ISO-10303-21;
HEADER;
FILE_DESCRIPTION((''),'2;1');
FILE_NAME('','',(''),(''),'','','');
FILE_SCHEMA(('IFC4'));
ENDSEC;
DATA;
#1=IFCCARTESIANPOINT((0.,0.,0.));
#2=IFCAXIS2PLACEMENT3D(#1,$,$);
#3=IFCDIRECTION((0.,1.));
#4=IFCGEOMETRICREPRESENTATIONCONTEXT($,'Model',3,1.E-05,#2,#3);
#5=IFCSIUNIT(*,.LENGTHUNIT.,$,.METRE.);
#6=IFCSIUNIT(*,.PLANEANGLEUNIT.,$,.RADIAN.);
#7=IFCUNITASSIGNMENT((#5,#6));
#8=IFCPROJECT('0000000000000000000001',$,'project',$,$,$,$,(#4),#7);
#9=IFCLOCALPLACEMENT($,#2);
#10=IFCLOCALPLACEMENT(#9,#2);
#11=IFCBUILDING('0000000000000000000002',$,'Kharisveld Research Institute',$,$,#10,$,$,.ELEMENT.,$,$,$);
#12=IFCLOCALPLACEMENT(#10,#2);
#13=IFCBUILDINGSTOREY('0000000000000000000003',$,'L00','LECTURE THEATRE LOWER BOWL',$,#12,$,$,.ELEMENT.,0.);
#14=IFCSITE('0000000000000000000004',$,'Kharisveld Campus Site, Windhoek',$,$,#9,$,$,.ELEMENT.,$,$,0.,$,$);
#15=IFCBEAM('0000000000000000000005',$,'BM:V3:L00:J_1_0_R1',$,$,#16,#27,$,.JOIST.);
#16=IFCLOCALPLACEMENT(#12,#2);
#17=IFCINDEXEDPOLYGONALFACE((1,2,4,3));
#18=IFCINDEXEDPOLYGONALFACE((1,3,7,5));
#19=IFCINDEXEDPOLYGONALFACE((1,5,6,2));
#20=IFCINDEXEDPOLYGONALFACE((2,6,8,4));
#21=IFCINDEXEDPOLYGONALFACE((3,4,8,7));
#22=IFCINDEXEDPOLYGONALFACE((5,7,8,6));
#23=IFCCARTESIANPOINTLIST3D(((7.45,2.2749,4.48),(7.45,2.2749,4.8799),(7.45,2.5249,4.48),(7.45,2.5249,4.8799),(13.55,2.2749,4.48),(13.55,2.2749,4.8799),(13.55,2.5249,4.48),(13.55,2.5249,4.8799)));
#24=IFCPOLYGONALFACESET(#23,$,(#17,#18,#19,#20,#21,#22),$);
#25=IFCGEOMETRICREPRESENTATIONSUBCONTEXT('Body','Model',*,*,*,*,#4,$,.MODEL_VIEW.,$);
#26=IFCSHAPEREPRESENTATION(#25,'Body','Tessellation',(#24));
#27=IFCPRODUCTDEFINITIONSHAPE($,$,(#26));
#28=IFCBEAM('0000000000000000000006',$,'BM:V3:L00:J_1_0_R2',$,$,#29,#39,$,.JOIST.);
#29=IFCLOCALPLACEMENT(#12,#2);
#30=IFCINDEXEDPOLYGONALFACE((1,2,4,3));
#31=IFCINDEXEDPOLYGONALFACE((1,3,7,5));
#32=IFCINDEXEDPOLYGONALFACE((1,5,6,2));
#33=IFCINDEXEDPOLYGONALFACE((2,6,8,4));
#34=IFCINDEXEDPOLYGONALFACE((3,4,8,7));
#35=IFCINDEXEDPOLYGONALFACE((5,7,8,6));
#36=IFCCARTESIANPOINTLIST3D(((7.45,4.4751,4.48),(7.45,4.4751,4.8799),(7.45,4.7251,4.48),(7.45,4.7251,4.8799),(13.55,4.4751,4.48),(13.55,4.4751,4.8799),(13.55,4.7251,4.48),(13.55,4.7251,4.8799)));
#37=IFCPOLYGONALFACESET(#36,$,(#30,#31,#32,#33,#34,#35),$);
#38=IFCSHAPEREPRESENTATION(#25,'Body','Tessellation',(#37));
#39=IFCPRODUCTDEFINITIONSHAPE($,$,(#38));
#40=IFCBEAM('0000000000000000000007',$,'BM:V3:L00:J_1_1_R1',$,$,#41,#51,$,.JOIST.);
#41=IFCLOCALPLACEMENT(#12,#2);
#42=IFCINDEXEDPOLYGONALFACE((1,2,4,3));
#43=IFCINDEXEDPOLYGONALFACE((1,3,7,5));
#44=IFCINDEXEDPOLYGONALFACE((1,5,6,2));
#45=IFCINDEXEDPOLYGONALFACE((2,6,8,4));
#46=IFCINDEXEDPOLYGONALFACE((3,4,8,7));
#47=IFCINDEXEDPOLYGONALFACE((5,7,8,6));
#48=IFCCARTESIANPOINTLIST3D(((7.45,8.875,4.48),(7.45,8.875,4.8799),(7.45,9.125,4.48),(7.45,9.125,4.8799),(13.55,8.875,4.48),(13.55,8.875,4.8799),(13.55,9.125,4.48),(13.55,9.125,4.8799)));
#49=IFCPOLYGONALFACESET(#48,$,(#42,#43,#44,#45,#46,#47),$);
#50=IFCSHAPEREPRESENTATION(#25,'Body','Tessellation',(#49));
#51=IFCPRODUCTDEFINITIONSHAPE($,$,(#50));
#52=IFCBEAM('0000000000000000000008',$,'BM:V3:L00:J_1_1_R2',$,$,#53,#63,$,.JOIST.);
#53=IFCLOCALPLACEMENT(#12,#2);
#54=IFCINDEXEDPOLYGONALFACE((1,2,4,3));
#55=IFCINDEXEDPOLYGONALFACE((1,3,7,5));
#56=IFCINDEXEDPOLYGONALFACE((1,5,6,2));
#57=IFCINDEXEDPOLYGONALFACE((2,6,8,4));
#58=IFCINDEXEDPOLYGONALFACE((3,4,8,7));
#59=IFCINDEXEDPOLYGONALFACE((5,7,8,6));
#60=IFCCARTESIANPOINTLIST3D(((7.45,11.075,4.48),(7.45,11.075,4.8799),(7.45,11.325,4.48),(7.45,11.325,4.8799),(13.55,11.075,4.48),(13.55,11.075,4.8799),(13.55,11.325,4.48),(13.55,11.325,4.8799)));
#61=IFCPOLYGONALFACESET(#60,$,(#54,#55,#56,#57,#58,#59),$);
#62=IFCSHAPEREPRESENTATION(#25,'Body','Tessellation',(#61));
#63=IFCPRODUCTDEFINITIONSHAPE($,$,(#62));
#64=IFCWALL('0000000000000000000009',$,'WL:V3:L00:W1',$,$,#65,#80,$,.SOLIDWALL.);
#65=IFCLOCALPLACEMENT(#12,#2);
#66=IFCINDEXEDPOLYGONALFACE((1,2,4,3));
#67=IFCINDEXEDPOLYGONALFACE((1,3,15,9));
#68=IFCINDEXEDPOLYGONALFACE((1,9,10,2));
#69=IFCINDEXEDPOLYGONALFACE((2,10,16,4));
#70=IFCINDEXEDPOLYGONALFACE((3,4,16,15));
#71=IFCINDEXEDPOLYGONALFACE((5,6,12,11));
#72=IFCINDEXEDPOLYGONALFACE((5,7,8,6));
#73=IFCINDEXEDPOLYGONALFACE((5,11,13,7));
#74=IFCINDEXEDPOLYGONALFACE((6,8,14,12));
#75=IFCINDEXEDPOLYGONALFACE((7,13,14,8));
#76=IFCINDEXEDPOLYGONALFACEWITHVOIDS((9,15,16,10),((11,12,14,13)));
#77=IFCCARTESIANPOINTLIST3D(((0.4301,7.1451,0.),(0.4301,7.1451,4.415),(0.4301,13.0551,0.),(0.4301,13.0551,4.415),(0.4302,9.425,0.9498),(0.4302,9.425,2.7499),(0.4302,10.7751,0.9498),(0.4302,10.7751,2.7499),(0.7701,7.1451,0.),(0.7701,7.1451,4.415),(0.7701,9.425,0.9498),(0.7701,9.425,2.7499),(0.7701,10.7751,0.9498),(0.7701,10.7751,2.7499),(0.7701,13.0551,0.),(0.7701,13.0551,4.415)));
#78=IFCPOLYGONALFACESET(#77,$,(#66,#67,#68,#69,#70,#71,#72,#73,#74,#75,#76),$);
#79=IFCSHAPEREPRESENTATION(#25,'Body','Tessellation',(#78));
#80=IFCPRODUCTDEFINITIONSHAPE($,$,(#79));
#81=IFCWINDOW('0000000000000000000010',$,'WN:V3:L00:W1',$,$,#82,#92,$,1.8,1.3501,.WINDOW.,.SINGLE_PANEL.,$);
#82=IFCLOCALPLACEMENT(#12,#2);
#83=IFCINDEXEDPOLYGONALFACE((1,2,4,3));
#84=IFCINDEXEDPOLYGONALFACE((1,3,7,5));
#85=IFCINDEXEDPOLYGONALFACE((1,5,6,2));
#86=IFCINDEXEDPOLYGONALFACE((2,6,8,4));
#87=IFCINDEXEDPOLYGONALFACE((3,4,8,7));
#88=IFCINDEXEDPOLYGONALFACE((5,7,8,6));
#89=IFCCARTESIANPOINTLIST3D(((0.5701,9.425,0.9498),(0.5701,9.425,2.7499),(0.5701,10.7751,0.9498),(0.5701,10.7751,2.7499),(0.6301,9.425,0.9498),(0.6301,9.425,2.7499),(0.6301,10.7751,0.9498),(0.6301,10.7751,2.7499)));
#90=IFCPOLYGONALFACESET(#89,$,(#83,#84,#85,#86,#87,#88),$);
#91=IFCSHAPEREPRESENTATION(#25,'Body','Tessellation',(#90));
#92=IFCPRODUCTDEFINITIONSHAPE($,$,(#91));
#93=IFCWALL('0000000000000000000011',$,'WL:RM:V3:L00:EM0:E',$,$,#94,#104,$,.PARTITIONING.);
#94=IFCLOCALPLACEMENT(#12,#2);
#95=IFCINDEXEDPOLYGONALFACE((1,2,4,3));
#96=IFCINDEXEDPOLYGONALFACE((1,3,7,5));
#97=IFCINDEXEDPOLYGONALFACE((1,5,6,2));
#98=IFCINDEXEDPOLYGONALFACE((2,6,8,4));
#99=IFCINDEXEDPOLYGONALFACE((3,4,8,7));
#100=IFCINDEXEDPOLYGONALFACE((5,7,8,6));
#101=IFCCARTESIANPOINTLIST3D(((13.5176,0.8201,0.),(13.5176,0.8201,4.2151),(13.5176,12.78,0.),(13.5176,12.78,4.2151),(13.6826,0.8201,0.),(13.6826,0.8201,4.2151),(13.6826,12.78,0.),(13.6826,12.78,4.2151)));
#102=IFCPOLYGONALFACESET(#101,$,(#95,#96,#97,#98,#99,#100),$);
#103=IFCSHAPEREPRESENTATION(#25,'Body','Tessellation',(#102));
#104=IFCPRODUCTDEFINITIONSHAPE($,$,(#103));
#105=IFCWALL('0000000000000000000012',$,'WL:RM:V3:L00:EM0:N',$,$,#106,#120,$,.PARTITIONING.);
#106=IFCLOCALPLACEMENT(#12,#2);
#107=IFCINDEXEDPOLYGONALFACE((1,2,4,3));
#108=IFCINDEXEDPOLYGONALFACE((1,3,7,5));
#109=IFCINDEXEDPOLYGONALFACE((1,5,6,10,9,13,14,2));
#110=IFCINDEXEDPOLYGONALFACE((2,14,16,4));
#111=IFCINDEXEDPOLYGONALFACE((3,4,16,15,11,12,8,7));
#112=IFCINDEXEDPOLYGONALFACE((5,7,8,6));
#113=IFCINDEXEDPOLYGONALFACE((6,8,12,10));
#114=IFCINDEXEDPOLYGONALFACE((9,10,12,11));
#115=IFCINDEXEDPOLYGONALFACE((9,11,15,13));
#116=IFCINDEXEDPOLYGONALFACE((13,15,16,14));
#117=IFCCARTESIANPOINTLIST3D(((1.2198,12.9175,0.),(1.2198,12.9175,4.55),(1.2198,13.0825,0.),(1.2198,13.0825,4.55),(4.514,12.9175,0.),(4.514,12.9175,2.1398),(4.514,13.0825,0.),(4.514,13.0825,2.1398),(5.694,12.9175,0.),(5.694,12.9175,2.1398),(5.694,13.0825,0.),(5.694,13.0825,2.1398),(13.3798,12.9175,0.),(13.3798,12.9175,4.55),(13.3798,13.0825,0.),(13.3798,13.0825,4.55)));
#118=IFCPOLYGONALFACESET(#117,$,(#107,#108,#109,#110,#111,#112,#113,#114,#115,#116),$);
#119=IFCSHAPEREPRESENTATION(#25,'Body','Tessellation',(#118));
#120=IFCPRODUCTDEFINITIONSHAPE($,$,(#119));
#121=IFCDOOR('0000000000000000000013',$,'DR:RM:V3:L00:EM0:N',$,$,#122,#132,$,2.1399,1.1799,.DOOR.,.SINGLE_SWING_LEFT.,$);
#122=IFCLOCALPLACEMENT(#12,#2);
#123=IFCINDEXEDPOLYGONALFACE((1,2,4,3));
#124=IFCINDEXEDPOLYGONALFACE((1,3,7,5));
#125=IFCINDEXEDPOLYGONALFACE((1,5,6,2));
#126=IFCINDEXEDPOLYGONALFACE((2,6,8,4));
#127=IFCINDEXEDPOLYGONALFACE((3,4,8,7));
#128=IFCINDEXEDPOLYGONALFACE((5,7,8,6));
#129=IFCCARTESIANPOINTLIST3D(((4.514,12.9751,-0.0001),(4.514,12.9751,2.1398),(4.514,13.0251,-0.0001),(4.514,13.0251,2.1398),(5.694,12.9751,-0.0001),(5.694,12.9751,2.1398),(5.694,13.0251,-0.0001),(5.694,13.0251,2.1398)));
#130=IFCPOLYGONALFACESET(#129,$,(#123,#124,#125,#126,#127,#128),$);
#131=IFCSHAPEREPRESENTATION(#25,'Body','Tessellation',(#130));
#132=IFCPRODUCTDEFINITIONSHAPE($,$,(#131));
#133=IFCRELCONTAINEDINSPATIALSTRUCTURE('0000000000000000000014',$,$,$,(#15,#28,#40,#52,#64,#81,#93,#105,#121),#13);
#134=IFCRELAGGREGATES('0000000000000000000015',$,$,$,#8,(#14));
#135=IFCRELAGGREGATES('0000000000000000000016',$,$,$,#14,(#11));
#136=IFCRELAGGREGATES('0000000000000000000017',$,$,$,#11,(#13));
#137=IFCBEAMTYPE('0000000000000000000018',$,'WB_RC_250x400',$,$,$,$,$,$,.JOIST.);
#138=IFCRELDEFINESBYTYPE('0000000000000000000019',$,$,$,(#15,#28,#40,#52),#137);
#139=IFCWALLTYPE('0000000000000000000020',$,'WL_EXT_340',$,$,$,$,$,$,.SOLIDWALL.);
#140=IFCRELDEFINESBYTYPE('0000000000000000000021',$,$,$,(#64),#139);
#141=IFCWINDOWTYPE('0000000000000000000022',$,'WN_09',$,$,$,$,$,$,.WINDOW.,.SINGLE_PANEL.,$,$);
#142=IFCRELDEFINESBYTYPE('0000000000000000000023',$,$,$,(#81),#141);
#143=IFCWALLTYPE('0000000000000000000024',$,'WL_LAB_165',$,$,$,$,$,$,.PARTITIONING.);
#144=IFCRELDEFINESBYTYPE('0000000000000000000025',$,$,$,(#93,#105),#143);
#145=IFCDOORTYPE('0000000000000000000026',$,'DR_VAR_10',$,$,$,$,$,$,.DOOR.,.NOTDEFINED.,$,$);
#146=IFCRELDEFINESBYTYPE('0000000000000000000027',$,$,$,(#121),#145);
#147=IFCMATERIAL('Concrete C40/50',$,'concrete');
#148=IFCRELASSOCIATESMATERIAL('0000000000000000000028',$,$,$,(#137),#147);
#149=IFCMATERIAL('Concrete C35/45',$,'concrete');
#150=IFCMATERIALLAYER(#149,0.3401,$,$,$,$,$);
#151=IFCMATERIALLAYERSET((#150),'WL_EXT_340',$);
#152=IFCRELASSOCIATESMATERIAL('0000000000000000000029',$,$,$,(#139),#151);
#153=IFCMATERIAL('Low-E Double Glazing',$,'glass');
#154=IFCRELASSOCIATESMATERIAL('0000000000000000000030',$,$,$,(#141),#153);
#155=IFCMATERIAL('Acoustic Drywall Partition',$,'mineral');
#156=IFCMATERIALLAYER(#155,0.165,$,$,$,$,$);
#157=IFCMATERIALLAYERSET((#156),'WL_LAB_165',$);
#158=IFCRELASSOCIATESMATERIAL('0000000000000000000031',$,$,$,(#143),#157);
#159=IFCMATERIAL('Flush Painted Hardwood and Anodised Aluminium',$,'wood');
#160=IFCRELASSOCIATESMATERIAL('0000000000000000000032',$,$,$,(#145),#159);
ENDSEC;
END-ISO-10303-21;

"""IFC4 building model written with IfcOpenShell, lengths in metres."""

from ifc_helpers import new_model, si_unit, direction, frame, frame_2d, origin, origin_2d, place, context, subcontext, project, spatial, rectangle, extrude, material, layer, layer_set, material_profile, profile_set, type_object, element, fill, save


model = new_model("IFC4")

# Units and contexts
model_context = context("Model", 3, precision=1e-05, world=origin(), true_north=direction((0.0, 1.0)))
body_context = subcontext(model_context, "Body", "Model", "MODEL_VIEW")
ifc_project = project(units=[si_unit("LENGTHUNIT", "METRE"), si_unit("PLANEANGLEUNIT", "RADIAN")], contexts=[model_context])

# Site, building, storey
site_placement = place(None, origin())
site = spatial("IfcSite", under=ifc_project, at=site_placement, Name="Kharisveld Campus Site, Windhoek", CompositionType="ELEMENT", RefElevation=0.0)
building_placement = place(site_placement, origin())
building = spatial("IfcBuilding", under=site, at=building_placement, Name="Kharisveld Research Institute", CompositionType="ELEMENT")
storey_placement = place(building_placement, origin())
storey = spatial("IfcBuildingStorey", under=building, at=storey_placement, Name="L00", Description="LECTURE THEATRE LOWER BOWL", CompositionType="ELEMENT", Elevation=0.0)

# Beams
ifc_material_1 = material(Name="Concrete C40/50", Category="concrete")
ifc_material_profile_1 = material_profile(ifc_material_1, rectangle(XDim=0.25, YDim=0.3999, at=origin_2d()))
ifc_profile_set_1 = profile_set([ifc_material_profile_1], Name="Concrete C40/50")
beam_type_1 = type_object("IfcBeamType", Name="WB_RC_250x400", PredefinedType="JOIST", material=ifc_profile_set_1)
for number, where, z_axis, x_axis, name in (
    (1, (7.45, 2.3999, 4.6799), (1.0, 0.0, 0.0), (0.0, 1.0, 0.0), "BM:V3:L00:J_1_0_R1"),
    (2, (7.45, 4.6001, 4.6799), (1.0, 0.0, 0.0), (0.0, 1.0, 0.0), "BM:V3:L00:J_1_0_R2"),
    (3, (7.45, 9.0, 4.6799), (1.0, 0.0, 0.0), (0.0, 1.0, 0.0), "BM:V3:L00:J_1_1_R1"),
    (4, (7.45, 11.2, 4.6799), (1.0, 0.0, 0.0), (0.0, 1.0, 0.0), "BM:V3:L00:J_1_1_R2"),
):
    element("IfcBeam", number, at=place(storey_placement, frame(where, z_axis=z_axis, x_axis=x_axis)), inside=storey, type_object=beam_type_1, Name=name, PredefinedType="JOIST", context=body_context, shape_type="SweptSolid", body=[
        extrude(rectangle(XDim=0.25, YDim=0.3999, at=origin_2d()), origin(), (0.0, 0.0, 1.0), 6.1001),
    ])

# Wall, opening, window
ifc_material_2 = material(Name="Concrete C35/45", Category="concrete")
ifc_layer_1 = layer(ifc_material_2, 0.3401)
ifc_layer_set_1 = layer_set([ifc_layer_1], Name="WL_EXT_340")
wall_type_1 = type_object("IfcWallType", Name="WL_EXT_340", PredefinedType="SOLIDWALL", material=ifc_layer_set_1)
wall_1_placement = place(storey_placement, frame((0.6001, 7.145, 0.0), z_axis=(0.0, 0.0, 1.0), x_axis=(0.0, 1.0, 0.0)))
wall_1 = element("IfcWall", 5, at=wall_1_placement, inside=storey, type_object=wall_type_1, Name="WL:V3:L00:W1", PredefinedType="SOLIDWALL", context=body_context, shape_type="SweptSolid", body=[
    extrude(rectangle(XDim=5.9099, YDim=0.3401, at=frame_2d((2.9551, 0.0))), origin(), (0.0, 0.0, 1.0), 4.415),
])
opening_1_placement = place(wall_1_placement, frame((2.28, 0.0, 0.95)))
opening_1 = element("IfcOpeningElement", 6, at=opening_1_placement, cuts=wall_1, PredefinedType="OPENING", context=body_context, shape_type="SweptSolid", body=[
    extrude(rectangle(XDim=1.3501, YDim=1.8, at=frame_2d((0.675, 0.8999))), frame((0.0, 0.1699, 0.0), z_axis=(0.0, -1.0, 0.0), x_axis=(1.0, 0.0, 0.0)), (0.0, 0.0, 1.0), 0.3401),
])
ifc_material_3 = material(Name="Low-E Double Glazing", Category="glass")
window_type = type_object("IfcWindowType", Name="WN_09", PartitioningType="SINGLE_PANEL", PredefinedType="WINDOW", material=ifc_material_3)
window_placement = place(opening_1_placement, origin())
window = element("IfcWindow", 7, at=window_placement, inside=storey, type_object=window_type, Name="WN:V3:L00:W1", OverallHeight=1.8, OverallWidth=1.3501, PartitioningType="SINGLE_PANEL", PredefinedType="WINDOW", context=body_context, shape_type="SweptSolid", body=[
    extrude(rectangle(XDim=1.3501, YDim=1.8, at=frame_2d((0.675, 0.8999))), frame((0.0, 0.03, 0.0), z_axis=(0.0, -1.0, 0.0), x_axis=(1.0, 0.0, 0.0)), (0.0, 0.0, 1.0), 0.0601),
])
fill(opening_1, window)

# Wall
ifc_material_4 = material(Name="Acoustic Drywall Partition", Category="mineral")
ifc_layer_2 = layer(ifc_material_4, 0.165)
ifc_layer_set_2 = layer_set([ifc_layer_2], Name="WL_LAB_165")
wall_type_2 = type_object("IfcWallType", Name="WL_LAB_165", PredefinedType="PARTITIONING", material=ifc_layer_set_2)
wall_2_placement = place(storey_placement, frame((13.6001, 0.8201, 0.0), z_axis=(0.0, 0.0, 1.0), x_axis=(0.0, 1.0, 0.0)))
element("IfcWall", 8, at=wall_2_placement, inside=storey, type_object=wall_type_2, Name="WL:RM:V3:L00:EM0:E", PredefinedType="PARTITIONING", context=body_context, shape_type="SweptSolid", body=[
    extrude(rectangle(XDim=11.96, YDim=0.165, at=frame_2d((5.98, 0.0))), origin(), (0.0, 0.0, 1.0), 4.2151),
])

# Wall, opening, door
wall_3_placement = place(storey_placement, frame((13.3799, 13.0, 0.0), z_axis=(0.0, 0.0, 1.0), x_axis=(-1.0, 0.0, 0.0)))
wall_3 = element("IfcWall", 9, at=wall_3_placement, inside=storey, type_object=wall_type_2, Name="WL:RM:V3:L00:EM0:N", PredefinedType="PARTITIONING", context=body_context, shape_type="SweptSolid", body=[
    extrude(rectangle(XDim=12.1599, YDim=0.165, at=frame_2d((6.0801, 0.0))), origin(), (0.0, 0.0, 1.0), 4.55),
])
opening_2_placement = place(wall_3_placement, frame((7.686, 0.0, 0.0)))
opening_2 = element("IfcOpeningElement", 10, at=opening_2_placement, cuts=wall_3, PredefinedType="OPENING", context=body_context, shape_type="SweptSolid", body=[
    extrude(rectangle(XDim=1.1799, YDim=2.1399, at=frame_2d((0.5898, 1.0698))), frame((0.0, 0.0825, 0.0), z_axis=(0.0, -1.0, 0.0), x_axis=(1.0, 0.0, 0.0)), (0.0, 0.0, 1.0), 0.165),
])
ifc_material_5 = material(Name="Flush Painted Hardwood and Anodised Aluminium", Category="wood")
door_type = type_object("IfcDoorType", Name="DR_VAR_10", OperationType="NOTDEFINED", PredefinedType="DOOR", material=ifc_material_5)
door_placement = place(opening_2_placement, origin())
door = element("IfcDoor", 11, at=door_placement, inside=storey, type_object=door_type, Name="DR:RM:V3:L00:EM0:N", OperationType="SINGLE_SWING_LEFT", OverallHeight=2.1399, OverallWidth=1.1799, PredefinedType="DOOR", context=body_context, shape_type="SweptSolid", body=[
    extrude(rectangle(XDim=1.1799, YDim=2.1399, at=frame_2d((0.5898, 1.0698))), frame((0.0, 0.0249, 0.0), z_axis=(0.0, -1.0, 0.0), x_axis=(1.0, 0.0, 0.0)), (0.0, 0.0, 1.0), 0.05),
])
fill(opening_2, door)

save(model, "model.ifc")
